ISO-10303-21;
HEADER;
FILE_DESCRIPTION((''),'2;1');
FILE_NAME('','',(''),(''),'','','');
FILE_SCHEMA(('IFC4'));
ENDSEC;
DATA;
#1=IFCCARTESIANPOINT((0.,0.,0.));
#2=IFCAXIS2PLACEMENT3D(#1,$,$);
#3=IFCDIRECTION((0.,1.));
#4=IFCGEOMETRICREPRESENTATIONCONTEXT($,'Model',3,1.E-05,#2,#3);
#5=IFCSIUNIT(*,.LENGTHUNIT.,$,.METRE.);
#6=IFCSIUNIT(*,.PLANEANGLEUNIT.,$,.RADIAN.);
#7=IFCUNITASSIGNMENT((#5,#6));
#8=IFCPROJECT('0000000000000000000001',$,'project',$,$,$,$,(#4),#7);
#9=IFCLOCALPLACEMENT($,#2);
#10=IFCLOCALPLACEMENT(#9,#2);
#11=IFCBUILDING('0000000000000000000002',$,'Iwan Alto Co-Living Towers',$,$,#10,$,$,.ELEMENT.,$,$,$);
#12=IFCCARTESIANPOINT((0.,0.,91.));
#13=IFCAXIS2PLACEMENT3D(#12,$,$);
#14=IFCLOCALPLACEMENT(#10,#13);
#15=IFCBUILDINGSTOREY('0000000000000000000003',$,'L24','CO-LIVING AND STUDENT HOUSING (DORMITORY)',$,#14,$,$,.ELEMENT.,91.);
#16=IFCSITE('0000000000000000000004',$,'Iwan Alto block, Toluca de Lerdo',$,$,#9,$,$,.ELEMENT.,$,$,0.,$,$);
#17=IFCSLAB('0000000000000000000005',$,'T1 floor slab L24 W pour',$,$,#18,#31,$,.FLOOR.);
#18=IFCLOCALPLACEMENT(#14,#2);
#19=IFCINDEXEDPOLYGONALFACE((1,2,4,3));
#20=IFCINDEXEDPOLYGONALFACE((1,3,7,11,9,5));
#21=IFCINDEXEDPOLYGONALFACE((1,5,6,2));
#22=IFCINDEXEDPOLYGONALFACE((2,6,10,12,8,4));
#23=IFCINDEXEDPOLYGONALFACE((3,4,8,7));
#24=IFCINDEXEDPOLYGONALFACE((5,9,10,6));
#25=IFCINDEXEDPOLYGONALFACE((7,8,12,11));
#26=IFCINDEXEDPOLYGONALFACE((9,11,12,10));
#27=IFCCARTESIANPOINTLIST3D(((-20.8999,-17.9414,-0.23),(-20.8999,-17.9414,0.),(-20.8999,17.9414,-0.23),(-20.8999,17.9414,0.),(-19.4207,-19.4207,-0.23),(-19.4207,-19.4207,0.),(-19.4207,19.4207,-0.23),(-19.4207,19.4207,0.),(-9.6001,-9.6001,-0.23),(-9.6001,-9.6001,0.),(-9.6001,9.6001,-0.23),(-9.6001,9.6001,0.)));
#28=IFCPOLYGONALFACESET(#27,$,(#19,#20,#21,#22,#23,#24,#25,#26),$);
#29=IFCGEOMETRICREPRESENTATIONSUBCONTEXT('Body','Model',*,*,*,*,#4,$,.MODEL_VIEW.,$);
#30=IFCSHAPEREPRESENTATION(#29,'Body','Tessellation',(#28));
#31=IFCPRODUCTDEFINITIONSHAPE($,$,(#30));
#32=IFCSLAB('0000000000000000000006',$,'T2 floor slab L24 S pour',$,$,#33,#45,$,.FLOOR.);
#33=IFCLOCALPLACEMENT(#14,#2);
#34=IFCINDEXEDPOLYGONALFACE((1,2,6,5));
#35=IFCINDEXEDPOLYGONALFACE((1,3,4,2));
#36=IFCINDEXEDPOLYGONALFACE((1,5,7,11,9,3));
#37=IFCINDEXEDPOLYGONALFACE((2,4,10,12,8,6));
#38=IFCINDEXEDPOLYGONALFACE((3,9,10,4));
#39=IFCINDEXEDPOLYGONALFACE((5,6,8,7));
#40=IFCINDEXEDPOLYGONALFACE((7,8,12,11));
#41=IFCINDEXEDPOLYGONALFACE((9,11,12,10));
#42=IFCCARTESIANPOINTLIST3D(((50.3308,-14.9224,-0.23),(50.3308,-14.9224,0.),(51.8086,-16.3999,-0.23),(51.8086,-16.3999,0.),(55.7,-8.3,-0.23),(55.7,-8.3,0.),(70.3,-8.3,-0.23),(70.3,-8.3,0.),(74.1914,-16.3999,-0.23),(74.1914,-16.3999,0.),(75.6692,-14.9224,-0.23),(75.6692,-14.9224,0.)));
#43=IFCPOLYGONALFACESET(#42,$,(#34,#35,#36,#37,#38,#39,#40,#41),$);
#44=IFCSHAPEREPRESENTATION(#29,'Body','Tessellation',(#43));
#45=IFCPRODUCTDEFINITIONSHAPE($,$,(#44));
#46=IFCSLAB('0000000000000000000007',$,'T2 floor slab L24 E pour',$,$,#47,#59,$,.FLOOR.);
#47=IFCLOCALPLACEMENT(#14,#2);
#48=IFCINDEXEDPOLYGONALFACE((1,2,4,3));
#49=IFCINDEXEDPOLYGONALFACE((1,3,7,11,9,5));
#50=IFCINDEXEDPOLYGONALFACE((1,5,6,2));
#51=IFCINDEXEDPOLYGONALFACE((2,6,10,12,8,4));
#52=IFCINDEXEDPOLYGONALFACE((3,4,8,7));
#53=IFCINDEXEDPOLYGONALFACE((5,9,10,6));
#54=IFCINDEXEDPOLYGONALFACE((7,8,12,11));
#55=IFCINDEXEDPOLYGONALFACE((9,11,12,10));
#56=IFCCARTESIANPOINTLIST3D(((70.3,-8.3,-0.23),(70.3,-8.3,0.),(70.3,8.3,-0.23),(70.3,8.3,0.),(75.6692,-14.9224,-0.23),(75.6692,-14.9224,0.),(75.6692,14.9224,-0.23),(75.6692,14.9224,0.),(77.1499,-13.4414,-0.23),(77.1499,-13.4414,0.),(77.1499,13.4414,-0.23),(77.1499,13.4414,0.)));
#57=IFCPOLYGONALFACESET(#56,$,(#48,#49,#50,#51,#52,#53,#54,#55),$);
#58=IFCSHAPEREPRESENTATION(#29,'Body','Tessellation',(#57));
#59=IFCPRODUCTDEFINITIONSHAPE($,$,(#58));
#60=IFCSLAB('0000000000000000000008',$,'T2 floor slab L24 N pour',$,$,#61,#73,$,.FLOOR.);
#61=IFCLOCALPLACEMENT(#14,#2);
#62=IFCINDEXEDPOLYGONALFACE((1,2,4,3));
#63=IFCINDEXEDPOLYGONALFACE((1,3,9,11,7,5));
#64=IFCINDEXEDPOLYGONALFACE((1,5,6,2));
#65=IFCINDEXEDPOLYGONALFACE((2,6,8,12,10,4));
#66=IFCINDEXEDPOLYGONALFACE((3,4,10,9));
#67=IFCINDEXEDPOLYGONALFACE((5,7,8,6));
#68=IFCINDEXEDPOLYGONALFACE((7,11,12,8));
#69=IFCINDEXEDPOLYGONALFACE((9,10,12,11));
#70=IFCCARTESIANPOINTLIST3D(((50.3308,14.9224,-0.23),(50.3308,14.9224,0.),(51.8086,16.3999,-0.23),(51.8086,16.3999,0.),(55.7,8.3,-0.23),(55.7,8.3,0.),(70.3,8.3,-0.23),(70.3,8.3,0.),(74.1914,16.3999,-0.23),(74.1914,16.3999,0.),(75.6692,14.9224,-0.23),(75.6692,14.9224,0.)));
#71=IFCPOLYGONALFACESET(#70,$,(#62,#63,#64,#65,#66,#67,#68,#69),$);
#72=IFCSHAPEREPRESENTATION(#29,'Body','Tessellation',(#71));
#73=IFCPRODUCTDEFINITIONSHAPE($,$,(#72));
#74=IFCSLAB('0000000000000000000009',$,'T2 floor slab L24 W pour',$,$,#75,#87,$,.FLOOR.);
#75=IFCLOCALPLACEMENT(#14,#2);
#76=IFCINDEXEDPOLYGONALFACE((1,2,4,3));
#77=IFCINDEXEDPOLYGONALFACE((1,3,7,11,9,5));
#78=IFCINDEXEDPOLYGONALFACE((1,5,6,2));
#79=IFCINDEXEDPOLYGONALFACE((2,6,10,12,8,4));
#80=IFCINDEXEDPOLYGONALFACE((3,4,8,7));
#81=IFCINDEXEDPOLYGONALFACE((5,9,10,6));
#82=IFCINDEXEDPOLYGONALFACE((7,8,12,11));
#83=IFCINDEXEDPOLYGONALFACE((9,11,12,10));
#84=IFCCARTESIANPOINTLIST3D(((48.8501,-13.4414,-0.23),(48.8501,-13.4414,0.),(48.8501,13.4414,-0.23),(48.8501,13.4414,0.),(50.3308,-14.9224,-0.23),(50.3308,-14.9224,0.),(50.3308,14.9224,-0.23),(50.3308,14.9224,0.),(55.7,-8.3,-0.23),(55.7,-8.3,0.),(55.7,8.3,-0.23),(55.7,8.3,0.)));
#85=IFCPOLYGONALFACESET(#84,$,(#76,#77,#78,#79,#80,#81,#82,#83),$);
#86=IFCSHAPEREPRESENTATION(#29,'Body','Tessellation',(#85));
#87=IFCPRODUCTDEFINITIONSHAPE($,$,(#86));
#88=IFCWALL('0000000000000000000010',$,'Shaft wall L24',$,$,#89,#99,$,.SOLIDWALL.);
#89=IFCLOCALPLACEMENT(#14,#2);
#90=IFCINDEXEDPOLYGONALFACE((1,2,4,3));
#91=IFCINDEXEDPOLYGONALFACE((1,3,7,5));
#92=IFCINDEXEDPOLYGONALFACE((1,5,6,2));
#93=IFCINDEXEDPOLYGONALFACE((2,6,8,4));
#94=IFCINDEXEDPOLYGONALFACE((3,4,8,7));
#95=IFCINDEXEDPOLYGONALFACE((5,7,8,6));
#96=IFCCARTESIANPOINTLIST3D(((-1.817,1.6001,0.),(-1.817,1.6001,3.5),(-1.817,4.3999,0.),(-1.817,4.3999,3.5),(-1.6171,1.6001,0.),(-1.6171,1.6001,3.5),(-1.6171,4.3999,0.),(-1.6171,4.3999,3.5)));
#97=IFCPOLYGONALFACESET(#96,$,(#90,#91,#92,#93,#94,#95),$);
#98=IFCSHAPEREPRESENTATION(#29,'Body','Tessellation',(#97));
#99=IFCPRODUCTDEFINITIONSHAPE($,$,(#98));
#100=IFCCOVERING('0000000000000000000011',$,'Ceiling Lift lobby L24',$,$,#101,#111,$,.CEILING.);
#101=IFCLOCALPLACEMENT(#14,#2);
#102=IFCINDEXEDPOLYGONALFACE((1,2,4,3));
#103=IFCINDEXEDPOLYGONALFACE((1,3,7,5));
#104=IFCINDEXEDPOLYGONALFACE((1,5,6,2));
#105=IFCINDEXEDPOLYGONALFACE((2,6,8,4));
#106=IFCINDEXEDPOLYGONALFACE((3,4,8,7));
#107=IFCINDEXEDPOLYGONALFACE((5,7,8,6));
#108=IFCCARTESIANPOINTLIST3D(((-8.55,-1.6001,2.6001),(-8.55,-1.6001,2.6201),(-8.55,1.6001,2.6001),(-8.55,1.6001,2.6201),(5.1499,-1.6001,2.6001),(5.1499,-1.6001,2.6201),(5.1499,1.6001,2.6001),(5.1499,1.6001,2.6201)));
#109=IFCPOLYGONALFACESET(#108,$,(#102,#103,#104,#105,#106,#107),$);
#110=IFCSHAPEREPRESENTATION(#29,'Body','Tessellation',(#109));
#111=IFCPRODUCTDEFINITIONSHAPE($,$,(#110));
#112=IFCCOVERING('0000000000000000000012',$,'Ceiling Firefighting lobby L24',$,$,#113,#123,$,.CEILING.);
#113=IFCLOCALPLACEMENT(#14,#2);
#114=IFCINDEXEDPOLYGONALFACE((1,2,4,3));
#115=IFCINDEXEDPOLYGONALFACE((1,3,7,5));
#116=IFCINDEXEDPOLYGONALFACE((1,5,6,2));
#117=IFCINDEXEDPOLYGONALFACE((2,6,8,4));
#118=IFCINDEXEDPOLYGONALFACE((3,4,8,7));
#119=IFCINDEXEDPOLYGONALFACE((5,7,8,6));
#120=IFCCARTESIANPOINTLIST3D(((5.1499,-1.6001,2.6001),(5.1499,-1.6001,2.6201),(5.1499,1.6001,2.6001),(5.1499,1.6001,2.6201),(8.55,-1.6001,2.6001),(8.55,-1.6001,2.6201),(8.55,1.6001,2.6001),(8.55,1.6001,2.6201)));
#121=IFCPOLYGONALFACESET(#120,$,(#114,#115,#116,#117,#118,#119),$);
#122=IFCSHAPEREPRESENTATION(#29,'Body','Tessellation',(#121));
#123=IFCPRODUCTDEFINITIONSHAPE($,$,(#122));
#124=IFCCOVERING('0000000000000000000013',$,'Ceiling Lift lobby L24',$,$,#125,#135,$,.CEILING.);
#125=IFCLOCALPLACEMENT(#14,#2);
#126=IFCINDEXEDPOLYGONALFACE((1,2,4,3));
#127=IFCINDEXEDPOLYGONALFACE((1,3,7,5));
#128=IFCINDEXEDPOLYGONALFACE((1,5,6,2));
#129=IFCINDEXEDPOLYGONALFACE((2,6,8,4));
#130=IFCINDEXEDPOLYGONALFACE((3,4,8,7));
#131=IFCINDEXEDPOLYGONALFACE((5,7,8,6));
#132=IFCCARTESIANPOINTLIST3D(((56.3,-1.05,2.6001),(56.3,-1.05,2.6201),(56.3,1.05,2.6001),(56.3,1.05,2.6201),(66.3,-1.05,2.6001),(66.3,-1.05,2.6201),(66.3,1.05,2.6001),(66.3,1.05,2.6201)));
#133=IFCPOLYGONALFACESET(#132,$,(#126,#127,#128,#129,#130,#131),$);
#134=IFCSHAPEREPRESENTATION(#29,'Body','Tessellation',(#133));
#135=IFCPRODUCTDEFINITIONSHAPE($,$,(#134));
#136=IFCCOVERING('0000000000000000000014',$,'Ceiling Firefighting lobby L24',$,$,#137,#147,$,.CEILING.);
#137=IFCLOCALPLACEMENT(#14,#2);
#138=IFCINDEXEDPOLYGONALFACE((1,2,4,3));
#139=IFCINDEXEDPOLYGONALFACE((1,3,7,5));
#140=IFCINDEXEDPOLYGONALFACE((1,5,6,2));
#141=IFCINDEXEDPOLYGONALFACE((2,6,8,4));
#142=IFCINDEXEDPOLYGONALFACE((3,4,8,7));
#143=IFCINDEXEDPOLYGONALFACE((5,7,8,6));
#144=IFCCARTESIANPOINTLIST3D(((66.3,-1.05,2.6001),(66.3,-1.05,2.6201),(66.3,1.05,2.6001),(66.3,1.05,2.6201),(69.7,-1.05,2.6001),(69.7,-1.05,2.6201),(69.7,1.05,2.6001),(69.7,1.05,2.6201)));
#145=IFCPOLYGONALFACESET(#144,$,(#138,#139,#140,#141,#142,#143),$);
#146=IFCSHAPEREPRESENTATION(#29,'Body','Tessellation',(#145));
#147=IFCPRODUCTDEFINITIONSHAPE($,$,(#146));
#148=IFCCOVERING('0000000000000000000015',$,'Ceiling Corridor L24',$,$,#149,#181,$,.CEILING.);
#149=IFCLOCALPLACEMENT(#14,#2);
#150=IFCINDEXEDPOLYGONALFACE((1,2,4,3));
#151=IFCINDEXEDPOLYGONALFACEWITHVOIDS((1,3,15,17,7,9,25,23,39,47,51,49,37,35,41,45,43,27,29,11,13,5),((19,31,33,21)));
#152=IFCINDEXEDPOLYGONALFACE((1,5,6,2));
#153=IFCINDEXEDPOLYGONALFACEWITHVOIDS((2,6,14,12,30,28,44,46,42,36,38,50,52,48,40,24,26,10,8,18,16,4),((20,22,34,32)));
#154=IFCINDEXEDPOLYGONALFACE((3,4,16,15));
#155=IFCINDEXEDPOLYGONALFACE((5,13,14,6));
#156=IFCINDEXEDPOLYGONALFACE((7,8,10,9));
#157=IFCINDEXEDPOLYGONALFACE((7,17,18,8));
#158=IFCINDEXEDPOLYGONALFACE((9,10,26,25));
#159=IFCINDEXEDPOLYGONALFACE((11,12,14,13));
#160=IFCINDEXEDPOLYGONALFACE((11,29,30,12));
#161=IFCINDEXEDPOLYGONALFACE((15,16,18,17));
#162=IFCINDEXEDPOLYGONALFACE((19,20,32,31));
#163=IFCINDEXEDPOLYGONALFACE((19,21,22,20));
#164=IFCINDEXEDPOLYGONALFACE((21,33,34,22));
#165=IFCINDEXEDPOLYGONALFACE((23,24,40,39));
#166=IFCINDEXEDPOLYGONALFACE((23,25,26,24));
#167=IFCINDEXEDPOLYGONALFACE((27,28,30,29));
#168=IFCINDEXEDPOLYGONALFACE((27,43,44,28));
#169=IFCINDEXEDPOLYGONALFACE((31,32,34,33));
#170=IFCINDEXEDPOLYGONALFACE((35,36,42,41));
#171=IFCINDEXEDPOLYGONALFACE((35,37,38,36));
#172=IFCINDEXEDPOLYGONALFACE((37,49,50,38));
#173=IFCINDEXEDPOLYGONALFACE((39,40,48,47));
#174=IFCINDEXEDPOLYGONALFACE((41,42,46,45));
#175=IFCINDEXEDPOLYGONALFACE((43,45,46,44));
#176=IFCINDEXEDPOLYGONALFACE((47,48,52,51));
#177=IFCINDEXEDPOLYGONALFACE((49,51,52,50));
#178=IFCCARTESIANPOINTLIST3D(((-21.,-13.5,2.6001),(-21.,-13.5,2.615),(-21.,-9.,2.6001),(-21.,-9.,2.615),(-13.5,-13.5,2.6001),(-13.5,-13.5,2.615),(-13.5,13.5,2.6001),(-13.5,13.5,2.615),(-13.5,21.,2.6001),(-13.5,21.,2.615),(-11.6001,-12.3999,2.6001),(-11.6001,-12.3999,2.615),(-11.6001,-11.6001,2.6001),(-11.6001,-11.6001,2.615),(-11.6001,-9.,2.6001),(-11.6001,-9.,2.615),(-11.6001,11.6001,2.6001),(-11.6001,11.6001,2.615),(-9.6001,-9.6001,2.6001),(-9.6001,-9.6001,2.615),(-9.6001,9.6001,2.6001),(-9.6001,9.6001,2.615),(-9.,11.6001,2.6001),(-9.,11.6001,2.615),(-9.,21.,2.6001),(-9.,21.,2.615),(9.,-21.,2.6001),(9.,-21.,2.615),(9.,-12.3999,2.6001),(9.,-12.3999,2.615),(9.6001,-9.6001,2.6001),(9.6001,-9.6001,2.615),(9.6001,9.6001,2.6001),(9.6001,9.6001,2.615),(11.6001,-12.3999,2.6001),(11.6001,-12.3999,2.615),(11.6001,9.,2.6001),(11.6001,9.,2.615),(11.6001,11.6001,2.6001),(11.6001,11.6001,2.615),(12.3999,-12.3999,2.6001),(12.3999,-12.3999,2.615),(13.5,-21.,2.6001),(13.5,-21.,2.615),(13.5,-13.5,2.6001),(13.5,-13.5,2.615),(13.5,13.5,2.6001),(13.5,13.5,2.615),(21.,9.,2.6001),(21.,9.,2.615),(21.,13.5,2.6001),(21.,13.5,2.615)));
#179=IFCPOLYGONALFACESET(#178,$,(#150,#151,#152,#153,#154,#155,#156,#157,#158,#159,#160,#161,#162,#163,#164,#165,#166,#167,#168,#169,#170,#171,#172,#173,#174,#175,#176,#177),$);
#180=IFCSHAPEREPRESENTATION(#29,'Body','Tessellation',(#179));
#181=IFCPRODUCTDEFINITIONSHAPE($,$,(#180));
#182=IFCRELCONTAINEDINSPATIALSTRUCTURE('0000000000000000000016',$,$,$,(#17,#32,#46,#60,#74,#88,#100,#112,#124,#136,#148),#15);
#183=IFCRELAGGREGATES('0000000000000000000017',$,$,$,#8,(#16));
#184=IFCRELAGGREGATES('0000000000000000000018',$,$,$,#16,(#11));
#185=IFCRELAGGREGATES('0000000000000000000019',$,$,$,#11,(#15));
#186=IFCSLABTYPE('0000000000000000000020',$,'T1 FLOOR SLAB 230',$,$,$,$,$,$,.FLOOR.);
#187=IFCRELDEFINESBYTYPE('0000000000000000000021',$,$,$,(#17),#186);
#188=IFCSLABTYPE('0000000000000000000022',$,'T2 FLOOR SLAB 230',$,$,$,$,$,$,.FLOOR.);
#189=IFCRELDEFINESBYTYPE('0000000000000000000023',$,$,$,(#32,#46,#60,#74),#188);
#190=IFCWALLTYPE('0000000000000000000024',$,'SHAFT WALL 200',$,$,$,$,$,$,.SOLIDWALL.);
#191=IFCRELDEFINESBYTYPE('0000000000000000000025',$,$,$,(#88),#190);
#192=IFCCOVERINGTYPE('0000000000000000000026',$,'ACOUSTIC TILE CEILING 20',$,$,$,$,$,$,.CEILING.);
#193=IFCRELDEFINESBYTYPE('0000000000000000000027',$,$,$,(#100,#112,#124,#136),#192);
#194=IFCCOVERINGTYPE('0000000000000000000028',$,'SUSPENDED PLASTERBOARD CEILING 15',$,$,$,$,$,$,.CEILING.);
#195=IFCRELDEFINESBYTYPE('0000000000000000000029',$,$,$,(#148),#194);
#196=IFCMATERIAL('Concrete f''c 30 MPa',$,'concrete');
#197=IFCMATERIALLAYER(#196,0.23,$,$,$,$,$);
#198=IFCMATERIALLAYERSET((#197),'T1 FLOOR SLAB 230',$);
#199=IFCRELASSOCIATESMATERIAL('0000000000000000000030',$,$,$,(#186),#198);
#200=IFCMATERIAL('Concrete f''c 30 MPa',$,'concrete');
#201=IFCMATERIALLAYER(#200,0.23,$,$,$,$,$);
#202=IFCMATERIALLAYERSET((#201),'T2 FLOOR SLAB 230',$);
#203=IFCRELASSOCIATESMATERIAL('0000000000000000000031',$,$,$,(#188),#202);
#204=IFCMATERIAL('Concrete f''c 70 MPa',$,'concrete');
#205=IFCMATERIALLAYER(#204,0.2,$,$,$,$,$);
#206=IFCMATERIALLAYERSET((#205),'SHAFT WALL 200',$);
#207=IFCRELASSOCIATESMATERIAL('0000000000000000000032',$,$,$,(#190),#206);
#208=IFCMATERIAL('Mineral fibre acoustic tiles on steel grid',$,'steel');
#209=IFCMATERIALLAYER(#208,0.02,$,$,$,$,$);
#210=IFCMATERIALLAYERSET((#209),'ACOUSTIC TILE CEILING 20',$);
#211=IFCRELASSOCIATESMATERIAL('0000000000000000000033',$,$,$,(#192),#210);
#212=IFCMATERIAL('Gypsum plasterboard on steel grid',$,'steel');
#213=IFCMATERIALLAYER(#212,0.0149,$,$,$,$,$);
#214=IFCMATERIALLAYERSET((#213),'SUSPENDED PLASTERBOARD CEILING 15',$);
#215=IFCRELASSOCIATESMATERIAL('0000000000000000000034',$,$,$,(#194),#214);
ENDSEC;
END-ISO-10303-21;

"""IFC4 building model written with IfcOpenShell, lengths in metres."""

from ifc_helpers import new_model, si_unit, direction, frame, frame_2d, origin, place, context, subcontext, project, spatial, polyline, rectangle, outline, extrude, material, layer, layer_set, type_object, element, save


model = new_model("IFC4")

# Units and contexts
model_context = context("Model", 3, precision=1e-05, world=origin(), true_north=direction((0.0, 1.0)))
body_context = subcontext(model_context, "Body", "Model", "MODEL_VIEW")
ifc_project = project(units=[si_unit("LENGTHUNIT", "METRE"), si_unit("PLANEANGLEUNIT", "RADIAN")], contexts=[model_context])

# Site, building, storey
site_placement = place(None, origin())
site = spatial("IfcSite", under=ifc_project, at=site_placement, Name="Iwan Alto block, Toluca de Lerdo", CompositionType="ELEMENT", RefElevation=0.0)
building_placement = place(site_placement, origin())
building = spatial("IfcBuilding", under=site, at=building_placement, Name="Iwan Alto Co-Living Towers", CompositionType="ELEMENT")
storey_placement = place(building_placement, frame((0.0, 0.0, 91.0)))
storey = spatial("IfcBuildingStorey", under=building, at=storey_placement, Name="L24", Description="CO-LIVING AND STUDENT HOUSING (DORMITORY)", CompositionType="ELEMENT", Elevation=91.0)

# Slabs
ifc_material_1 = material(Name="Concrete f'c 30 MPa", Category="concrete")
ifc_layer_1 = layer(ifc_material_1, 0.23)
ifc_layer_set_1 = layer_set([ifc_layer_1], Name="T1 FLOOR SLAB 230")
slab_type_1 = type_object("IfcSlabType", Name="T1 FLOOR SLAB 230", PredefinedType="FLOOR", material=ifc_layer_set_1)
slab_1_placement = place(storey_placement, frame((0.0, 0.0, -0.23)))
element("IfcSlab", 1, at=slab_1_placement, inside=storey, type_object=slab_type_1, Name="T1 floor slab L24 W pour", PredefinedType="FLOOR", context=body_context, shape_type="SweptSolid", body=[
    extrude(outline(polyline([(-20.8999, 17.9414), (-19.4207, 19.4207), (-9.6001, 9.6001), (-9.6001, -9.6001), (-19.4207, -19.4207), (-20.8999, -17.9414), (-20.8999, 17.9414)])), origin(), (0.0, 0.0, 1.0), 0.23),
])
ifc_material_2 = material(Name="Concrete f'c 30 MPa", Category="concrete")
ifc_layer_2 = layer(ifc_material_2, 0.23)
ifc_layer_set_2 = layer_set([ifc_layer_2], Name="T2 FLOOR SLAB 230")
slab_type_2 = type_object("IfcSlabType", Name="T2 FLOOR SLAB 230", PredefinedType="FLOOR", material=ifc_layer_set_2)
slab_2_placement = place(storey_placement, frame((0.0, 0.0, -0.23)))
element("IfcSlab", 2, at=slab_2_placement, inside=storey, type_object=slab_type_2, Name="T2 floor slab L24 S pour", PredefinedType="FLOOR", context=body_context, shape_type="SweptSolid", body=[
    extrude(outline(polyline([(74.1914, -16.3999), (51.8086, -16.3999), (50.3308, -14.9224), (55.7, -8.3), (70.3, -8.3), (75.6692, -14.9224), (74.1914, -16.3999)])), origin(), (0.0, 0.0, 1.0), 0.23),
])
slab_3_placement = place(storey_placement, frame((0.0, 0.0, -0.23)))
element("IfcSlab", 3, at=slab_3_placement, inside=storey, type_object=slab_type_2, Name="T2 floor slab L24 E pour", PredefinedType="FLOOR", context=body_context, shape_type="SweptSolid", body=[
    extrude(outline(polyline([(77.1499, 13.4414), (77.1499, -13.4414), (75.6692, -14.9224), (70.3, -8.3), (70.3, 8.3), (75.6692, 14.9224), (77.1499, 13.4414)])), origin(), (0.0, 0.0, 1.0), 0.23),
])
slab_4_placement = place(storey_placement, frame((0.0, 0.0, -0.23)))
element("IfcSlab", 4, at=slab_4_placement, inside=storey, type_object=slab_type_2, Name="T2 floor slab L24 N pour", PredefinedType="FLOOR", context=body_context, shape_type="SweptSolid", body=[
    extrude(outline(polyline([(51.8086, 16.3999), (74.1914, 16.3999), (75.6692, 14.9224), (70.3, 8.3), (55.7, 8.3), (50.3308, 14.9224), (51.8086, 16.3999)])), origin(), (0.0, 0.0, 1.0), 0.23),
])
slab_5_placement = place(storey_placement, frame((0.0, 0.0, -0.23)))
element("IfcSlab", 5, at=slab_5_placement, inside=storey, type_object=slab_type_2, Name="T2 floor slab L24 W pour", PredefinedType="FLOOR", context=body_context, shape_type="SweptSolid", body=[
    extrude(outline(polyline([(48.8501, 13.4414), (50.3308, 14.9224), (55.7, 8.3), (55.7, -8.3), (50.3308, -14.9224), (48.8501, -13.4414), (48.8501, 13.4414)])), origin(), (0.0, 0.0, 1.0), 0.23),
])

# Wall
ifc_material_3 = material(Name="Concrete f'c 70 MPa", Category="concrete")
ifc_layer_3 = layer(ifc_material_3, 0.2)
ifc_layer_set_3 = layer_set([ifc_layer_3], Name="SHAFT WALL 200")
wall_type = type_object("IfcWallType", Name="SHAFT WALL 200", PredefinedType="SOLIDWALL", material=ifc_layer_set_3)
wall_placement = place(storey_placement, frame((-1.717, 1.6001, 0.0), z_axis=(0.0, 0.0, 1.0), x_axis=(0.0, 1.0, 0.0)))
element("IfcWall", 6, at=wall_placement, inside=storey, type_object=wall_type, Name="Shaft wall L24", PredefinedType="SOLIDWALL", context=body_context, shape_type="SweptSolid", body=[
    extrude(rectangle(XDim=2.7998, YDim=0.2, at=frame_2d((1.3999, 0.0))), origin(), (0.0, 0.0, 1.0), 3.5),
])

# Coverings
ifc_material_4 = material(Name="Mineral fibre acoustic tiles on steel grid", Category="steel")
ifc_layer_4 = layer(ifc_material_4, 0.02)
ifc_layer_set_4 = layer_set([ifc_layer_4], Name="ACOUSTIC TILE CEILING 20")
covering_type_1 = type_object("IfcCoveringType", Name="ACOUSTIC TILE CEILING 20", PredefinedType="CEILING", material=ifc_layer_set_4)
covering_1_placement = place(storey_placement, frame((0.0, 0.0, 2.6001)))
element("IfcCovering", 7, at=covering_1_placement, inside=storey, type_object=covering_type_1, Name="Ceiling Lift lobby L24", PredefinedType="CEILING", context=body_context, shape_type="SweptSolid", body=[
    extrude(outline(polyline([(-8.55, -1.6001), (-8.55, 1.6001), (5.1499, 1.6001), (5.1499, -1.6001), (-8.55, -1.6001)])), origin(), (0.0, 0.0, 1.0), 0.02),
])
covering_2_placement = place(storey_placement, frame((0.0, 0.0, 2.6001)))
element("IfcCovering", 8, at=covering_2_placement, inside=storey, type_object=covering_type_1, Name="Ceiling Firefighting lobby L24", PredefinedType="CEILING", context=body_context, shape_type="SweptSolid", body=[
    extrude(outline(polyline([(5.1499, -1.6001), (5.1499, 1.6001), (8.55, 1.6001), (8.55, -1.6001), (5.1499, -1.6001)])), origin(), (0.0, 0.0, 1.0), 0.02),
])
covering_3_placement = place(storey_placement, frame((0.0, 0.0, 2.6001)))
element("IfcCovering", 9, at=covering_3_placement, inside=storey, type_object=covering_type_1, Name="Ceiling Lift lobby L24", PredefinedType="CEILING", context=body_context, shape_type="SweptSolid", body=[
    extrude(outline(polyline([(56.3, -1.05), (56.3, 1.05), (66.3, 1.05), (66.3, -1.05), (56.3, -1.05)])), origin(), (0.0, 0.0, 1.0), 0.02),
])
covering_4_placement = place(storey_placement, frame((0.0, 0.0, 2.6001)))
element("IfcCovering", 10, at=covering_4_placement, inside=storey, type_object=covering_type_1, Name="Ceiling Firefighting lobby L24", PredefinedType="CEILING", context=body_context, shape_type="SweptSolid", body=[
    extrude(outline(polyline([(66.3, -1.05), (66.3, 1.05), (69.7, 1.05), (69.7, -1.05), (66.3, -1.05)])), origin(), (0.0, 0.0, 1.0), 0.02),
])
ifc_material_5 = material(Name="Gypsum plasterboard on steel grid", Category="steel")
ifc_layer_5 = layer(ifc_material_5, 0.0149)
ifc_layer_set_5 = layer_set([ifc_layer_5], Name="SUSPENDED PLASTERBOARD CEILING 15")
covering_type_2 = type_object("IfcCoveringType", Name="SUSPENDED PLASTERBOARD CEILING 15", PredefinedType="CEILING", material=ifc_layer_set_5)
covering_5_placement = place(storey_placement, frame((0.0, 0.0, 2.6001)))
element("IfcCovering", 11, at=covering_5_placement, inside=storey, type_object=covering_type_2, Name="Ceiling Corridor L24", PredefinedType="CEILING", context=body_context, shape_type="SweptSolid", body=[
    extrude(outline(polyline([(13.5, -21.0), (9.0, -21.0), (9.0, -12.3999), (-11.6001, -12.3999), (-11.6001, -11.6001), (-13.5, -13.5), (-21.0, -13.5), (-21.0, -9.0), (-11.6001, -9.0), (-11.6001, 11.6001), (-13.5, 13.5), (-13.5, 21.0), (-9.0, 21.0), (-9.0, 11.6001), (11.6001, 11.6001), (13.5, 13.5), (21.0, 13.5), (21.0, 9.0), (11.6001, 9.0), (11.6001, -12.3999), (12.3999, -12.3999), (13.5, -13.5), (13.5, -21.0)]), holes=[polyline([(9.6001, -9.6001), (9.6001, 9.6001), (-9.6001, 9.6001), (-9.6001, -9.6001), (9.6001, -9.6001)])]), origin(), (0.0, 0.0, 1.0), 0.0149),
])

save(model, "model.ifc")
